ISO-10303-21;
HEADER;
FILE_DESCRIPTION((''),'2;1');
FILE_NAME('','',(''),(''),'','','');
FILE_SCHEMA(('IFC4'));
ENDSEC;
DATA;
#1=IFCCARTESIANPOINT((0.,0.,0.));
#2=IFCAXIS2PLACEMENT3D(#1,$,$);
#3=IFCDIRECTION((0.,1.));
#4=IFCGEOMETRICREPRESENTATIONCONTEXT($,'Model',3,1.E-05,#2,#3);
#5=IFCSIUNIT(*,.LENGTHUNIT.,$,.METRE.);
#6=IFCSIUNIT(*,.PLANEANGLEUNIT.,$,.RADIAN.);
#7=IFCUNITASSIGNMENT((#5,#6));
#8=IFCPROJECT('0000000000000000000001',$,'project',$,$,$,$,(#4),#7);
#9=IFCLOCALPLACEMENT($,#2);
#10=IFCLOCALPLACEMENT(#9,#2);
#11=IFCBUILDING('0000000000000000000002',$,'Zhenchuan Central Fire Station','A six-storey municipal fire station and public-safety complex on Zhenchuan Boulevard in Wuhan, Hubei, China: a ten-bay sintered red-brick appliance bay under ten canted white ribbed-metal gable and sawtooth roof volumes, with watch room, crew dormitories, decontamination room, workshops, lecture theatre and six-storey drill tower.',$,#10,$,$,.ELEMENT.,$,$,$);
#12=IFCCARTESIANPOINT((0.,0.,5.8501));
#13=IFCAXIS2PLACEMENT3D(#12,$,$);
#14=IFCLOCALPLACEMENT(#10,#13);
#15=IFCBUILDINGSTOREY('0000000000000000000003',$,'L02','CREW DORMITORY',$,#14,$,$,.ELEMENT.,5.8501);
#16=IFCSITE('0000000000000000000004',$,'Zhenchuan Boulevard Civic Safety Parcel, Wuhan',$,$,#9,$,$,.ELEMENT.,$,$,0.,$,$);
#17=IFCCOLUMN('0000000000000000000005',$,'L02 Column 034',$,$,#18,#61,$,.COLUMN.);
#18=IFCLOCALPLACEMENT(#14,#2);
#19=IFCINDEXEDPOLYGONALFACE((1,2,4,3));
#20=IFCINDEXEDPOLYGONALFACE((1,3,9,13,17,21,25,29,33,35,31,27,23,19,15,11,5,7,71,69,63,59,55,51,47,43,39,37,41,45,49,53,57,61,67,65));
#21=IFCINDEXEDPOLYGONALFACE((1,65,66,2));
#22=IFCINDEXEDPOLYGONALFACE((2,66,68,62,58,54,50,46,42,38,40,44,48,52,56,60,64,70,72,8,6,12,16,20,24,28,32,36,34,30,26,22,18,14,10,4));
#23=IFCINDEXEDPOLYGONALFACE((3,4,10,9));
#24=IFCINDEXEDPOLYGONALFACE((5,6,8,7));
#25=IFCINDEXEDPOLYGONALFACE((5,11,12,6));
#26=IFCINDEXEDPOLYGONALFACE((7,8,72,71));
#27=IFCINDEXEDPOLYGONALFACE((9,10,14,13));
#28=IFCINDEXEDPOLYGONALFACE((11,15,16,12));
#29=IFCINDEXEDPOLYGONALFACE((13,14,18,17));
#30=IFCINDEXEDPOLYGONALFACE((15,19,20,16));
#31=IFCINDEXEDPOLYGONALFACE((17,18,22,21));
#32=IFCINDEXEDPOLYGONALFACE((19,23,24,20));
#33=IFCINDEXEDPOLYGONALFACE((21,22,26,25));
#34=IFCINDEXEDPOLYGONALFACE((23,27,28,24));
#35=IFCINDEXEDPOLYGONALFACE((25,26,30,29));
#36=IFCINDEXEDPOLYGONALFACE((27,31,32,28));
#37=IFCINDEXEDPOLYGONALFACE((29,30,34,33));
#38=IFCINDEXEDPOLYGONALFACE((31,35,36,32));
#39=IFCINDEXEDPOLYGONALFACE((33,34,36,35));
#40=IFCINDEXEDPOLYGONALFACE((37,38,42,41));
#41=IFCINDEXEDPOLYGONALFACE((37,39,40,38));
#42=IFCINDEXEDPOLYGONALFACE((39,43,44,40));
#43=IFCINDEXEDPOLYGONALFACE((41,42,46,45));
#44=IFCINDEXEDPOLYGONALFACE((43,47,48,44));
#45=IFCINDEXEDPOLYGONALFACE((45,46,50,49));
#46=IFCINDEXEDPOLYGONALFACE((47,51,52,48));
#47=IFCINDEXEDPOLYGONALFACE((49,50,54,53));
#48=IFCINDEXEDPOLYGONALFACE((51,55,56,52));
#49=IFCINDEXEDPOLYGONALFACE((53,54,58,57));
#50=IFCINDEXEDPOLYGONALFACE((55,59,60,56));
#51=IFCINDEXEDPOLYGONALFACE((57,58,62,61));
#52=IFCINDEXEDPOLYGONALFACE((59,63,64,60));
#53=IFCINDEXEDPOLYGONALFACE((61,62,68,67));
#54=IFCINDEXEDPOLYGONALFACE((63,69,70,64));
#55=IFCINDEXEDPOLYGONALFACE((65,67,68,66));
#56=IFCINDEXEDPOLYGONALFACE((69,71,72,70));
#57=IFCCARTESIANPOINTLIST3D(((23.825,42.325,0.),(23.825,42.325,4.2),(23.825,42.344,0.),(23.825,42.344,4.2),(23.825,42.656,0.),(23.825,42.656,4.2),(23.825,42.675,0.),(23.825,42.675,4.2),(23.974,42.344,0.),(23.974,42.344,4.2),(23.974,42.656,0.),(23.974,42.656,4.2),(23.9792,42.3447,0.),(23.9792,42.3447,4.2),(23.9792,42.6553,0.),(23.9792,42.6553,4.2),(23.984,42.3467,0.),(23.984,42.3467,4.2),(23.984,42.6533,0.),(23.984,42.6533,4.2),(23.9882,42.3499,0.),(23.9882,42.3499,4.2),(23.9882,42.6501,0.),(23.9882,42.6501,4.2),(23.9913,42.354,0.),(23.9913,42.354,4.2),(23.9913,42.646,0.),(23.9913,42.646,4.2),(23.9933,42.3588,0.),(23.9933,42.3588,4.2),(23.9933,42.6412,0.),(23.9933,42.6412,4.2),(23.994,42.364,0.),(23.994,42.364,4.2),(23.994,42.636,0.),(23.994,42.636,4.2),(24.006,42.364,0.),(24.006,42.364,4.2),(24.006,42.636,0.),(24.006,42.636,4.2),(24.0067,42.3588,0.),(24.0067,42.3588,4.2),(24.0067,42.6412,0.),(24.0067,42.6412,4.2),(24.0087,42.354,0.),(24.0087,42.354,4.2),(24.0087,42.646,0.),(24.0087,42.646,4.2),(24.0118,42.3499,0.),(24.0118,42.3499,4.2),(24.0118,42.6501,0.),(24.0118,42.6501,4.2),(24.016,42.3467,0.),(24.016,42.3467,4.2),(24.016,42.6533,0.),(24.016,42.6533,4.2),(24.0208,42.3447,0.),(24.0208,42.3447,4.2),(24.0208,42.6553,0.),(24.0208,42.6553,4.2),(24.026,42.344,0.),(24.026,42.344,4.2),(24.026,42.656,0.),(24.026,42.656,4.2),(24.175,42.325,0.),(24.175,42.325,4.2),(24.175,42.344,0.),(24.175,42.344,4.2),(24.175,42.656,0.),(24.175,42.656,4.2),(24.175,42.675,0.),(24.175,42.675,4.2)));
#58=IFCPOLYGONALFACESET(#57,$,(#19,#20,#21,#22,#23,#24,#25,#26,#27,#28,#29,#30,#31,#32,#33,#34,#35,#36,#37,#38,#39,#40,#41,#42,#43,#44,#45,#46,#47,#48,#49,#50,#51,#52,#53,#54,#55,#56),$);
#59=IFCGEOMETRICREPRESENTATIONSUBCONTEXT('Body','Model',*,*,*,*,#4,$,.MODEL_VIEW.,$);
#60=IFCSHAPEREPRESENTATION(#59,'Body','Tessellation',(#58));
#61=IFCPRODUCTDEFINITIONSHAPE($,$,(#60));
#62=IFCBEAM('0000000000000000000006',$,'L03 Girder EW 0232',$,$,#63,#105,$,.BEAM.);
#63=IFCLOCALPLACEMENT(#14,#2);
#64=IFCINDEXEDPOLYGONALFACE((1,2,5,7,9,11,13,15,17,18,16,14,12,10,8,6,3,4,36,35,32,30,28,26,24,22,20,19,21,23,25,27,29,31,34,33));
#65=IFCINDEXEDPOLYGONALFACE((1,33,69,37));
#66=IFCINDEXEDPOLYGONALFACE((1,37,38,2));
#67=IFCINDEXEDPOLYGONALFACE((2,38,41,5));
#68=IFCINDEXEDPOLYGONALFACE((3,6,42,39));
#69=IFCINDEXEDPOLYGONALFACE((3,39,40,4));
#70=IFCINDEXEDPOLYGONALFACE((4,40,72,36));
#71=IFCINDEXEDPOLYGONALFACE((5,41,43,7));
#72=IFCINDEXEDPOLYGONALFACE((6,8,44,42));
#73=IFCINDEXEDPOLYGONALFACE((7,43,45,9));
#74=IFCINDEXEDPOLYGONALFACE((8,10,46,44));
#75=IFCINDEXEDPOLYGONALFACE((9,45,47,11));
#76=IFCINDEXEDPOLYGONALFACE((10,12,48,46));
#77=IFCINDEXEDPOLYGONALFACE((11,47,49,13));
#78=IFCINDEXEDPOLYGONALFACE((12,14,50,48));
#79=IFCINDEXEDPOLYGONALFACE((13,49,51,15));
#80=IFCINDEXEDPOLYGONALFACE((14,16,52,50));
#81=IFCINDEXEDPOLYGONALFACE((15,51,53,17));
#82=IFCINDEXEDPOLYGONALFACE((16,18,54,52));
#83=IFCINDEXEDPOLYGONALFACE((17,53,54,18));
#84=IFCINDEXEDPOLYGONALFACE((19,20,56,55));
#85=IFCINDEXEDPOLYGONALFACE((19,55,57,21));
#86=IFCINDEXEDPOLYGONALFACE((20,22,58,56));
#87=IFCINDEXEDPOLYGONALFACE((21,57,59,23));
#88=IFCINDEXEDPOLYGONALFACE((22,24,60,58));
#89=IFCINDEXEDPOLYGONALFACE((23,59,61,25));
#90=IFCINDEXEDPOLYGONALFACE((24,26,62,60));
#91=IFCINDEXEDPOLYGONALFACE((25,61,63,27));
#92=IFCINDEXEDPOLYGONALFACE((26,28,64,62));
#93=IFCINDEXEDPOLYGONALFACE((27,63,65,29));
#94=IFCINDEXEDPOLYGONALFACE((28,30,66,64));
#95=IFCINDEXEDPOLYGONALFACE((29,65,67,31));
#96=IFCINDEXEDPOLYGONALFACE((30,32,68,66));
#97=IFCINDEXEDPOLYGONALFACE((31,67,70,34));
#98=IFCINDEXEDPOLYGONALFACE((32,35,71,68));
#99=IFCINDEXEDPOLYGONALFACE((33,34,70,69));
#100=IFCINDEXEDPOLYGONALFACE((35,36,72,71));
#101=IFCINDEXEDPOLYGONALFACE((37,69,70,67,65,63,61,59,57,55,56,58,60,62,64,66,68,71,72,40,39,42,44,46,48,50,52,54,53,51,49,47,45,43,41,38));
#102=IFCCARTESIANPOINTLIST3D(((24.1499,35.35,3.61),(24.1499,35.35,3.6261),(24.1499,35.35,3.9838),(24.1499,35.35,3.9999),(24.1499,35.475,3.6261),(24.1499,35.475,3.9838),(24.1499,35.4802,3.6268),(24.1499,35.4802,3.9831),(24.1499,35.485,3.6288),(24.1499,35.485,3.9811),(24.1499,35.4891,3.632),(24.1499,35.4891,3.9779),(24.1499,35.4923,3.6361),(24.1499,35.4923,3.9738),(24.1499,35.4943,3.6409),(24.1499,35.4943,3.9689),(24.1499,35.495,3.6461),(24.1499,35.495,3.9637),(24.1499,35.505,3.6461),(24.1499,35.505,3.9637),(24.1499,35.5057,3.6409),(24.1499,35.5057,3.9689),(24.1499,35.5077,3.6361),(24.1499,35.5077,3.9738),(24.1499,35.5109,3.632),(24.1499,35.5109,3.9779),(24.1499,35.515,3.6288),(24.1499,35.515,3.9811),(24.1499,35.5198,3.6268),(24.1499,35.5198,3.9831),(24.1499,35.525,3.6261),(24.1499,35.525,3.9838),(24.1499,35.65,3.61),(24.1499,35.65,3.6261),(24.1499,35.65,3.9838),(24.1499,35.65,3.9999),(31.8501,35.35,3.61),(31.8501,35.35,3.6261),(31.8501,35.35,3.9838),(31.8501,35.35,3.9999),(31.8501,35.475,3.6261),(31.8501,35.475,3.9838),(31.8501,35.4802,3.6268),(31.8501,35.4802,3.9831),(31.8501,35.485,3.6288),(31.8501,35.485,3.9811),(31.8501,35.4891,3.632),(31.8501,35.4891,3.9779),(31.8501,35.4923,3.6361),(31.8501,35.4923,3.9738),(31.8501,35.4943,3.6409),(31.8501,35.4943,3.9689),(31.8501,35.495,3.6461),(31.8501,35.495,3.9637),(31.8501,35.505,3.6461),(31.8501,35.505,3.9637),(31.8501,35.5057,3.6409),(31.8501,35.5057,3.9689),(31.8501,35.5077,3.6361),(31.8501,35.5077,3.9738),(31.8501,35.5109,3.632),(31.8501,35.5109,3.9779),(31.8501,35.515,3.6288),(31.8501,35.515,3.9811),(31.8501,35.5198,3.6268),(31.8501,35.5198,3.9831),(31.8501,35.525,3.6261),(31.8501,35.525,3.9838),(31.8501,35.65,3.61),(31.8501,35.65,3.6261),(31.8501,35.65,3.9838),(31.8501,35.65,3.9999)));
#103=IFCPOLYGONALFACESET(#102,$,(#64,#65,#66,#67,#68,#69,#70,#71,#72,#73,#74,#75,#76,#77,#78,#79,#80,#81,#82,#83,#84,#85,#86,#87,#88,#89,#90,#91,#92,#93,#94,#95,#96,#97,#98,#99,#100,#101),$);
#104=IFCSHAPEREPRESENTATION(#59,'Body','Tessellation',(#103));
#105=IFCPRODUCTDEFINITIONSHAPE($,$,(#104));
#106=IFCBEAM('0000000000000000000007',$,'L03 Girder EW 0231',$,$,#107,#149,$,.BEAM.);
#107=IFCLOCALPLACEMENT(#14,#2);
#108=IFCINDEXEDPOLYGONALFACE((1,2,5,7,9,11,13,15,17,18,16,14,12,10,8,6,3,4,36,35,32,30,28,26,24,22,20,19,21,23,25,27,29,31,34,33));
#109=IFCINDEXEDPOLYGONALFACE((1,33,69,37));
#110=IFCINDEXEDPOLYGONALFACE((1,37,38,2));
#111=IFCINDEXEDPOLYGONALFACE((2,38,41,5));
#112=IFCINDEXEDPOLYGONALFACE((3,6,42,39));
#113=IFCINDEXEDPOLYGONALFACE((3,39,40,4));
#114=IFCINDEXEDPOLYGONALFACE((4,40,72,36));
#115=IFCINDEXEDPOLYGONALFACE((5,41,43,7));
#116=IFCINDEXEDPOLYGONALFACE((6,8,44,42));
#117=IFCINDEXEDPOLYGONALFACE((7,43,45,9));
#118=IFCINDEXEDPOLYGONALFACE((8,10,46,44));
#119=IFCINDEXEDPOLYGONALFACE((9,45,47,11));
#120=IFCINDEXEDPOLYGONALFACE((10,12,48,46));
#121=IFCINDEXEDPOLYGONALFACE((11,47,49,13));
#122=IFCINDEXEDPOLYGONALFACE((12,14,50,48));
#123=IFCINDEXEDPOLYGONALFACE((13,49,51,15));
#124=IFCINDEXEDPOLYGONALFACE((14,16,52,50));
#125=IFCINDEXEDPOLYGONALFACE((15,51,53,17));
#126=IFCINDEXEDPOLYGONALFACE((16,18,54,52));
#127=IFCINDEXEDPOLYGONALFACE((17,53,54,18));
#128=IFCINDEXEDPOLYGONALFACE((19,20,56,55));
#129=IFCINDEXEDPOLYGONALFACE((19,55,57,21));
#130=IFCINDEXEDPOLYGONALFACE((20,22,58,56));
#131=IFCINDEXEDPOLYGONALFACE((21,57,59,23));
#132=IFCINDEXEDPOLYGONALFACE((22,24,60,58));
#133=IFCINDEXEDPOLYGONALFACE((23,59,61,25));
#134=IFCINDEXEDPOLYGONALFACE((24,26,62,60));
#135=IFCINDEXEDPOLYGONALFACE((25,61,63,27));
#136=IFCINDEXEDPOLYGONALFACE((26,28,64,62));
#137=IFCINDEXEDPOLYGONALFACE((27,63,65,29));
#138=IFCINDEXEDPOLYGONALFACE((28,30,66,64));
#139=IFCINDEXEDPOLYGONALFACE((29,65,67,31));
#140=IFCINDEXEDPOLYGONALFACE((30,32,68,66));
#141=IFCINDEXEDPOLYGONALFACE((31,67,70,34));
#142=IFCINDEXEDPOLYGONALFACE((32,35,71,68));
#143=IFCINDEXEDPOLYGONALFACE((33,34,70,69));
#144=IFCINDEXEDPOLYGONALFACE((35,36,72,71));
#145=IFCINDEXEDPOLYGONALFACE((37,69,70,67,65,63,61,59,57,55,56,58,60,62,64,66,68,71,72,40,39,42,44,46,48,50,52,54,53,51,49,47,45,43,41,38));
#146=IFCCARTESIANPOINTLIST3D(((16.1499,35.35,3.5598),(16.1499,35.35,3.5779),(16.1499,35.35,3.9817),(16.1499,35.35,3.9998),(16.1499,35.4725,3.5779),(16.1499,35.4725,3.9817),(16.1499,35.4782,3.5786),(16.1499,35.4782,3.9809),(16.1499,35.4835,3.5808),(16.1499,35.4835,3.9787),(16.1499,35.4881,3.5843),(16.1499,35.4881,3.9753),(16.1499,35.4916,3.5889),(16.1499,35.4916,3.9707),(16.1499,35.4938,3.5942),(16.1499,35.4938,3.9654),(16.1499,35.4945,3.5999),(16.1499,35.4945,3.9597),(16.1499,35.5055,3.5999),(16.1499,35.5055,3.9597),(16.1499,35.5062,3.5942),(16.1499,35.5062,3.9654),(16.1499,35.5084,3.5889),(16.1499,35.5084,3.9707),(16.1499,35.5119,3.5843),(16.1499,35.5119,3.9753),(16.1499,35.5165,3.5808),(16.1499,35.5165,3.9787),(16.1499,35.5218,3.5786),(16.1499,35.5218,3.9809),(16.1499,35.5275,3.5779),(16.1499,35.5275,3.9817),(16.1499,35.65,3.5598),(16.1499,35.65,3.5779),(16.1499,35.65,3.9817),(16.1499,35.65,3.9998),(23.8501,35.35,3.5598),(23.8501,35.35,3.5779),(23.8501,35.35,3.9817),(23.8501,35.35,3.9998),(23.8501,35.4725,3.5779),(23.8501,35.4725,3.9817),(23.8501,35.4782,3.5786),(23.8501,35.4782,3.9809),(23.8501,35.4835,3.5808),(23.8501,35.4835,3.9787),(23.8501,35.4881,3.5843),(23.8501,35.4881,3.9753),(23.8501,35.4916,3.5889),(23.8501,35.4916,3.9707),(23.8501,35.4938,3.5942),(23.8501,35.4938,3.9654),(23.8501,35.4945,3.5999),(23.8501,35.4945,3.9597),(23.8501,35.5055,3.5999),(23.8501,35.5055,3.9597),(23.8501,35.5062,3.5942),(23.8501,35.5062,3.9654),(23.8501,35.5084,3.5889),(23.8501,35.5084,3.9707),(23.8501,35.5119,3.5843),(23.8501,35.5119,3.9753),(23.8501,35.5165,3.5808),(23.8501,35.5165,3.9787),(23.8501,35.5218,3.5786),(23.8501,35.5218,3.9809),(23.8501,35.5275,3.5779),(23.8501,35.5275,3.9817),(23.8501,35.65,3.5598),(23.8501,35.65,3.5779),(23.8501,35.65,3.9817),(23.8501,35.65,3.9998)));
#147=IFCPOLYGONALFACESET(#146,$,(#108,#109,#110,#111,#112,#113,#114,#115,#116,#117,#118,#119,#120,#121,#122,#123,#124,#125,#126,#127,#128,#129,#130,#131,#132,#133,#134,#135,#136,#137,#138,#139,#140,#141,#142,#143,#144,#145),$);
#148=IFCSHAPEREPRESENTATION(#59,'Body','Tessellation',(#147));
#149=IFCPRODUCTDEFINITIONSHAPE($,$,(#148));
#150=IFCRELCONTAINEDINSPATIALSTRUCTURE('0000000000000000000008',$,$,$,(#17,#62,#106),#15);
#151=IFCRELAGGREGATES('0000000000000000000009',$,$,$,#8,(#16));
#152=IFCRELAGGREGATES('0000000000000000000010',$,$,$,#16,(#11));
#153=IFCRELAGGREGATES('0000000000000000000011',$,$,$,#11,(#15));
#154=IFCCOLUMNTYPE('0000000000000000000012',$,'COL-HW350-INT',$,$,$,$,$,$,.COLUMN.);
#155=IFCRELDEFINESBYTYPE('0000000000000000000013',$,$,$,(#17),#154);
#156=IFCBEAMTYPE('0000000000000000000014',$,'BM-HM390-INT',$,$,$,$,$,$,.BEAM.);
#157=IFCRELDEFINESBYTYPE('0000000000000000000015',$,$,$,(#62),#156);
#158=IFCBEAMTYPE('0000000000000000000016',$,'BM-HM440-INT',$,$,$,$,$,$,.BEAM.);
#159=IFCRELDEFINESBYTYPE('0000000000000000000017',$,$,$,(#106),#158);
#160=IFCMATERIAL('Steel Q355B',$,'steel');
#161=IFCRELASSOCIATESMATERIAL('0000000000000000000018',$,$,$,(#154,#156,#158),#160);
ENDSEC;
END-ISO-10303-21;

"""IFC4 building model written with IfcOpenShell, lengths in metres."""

from ifc_helpers import new_model, si_unit, direction, frame, origin, origin_2d, place, context, subcontext, project, spatial, i_section, extrude, material, material_profile, profile_set, type_object, element, save


model = new_model("IFC4")

# Units and contexts
model_context = context("Model", 3, precision=1e-05, world=origin(), true_north=direction((0.0, 1.0)))
body_context = subcontext(model_context, "Body", "Model", "MODEL_VIEW")
ifc_project = project(units=[si_unit("LENGTHUNIT", "METRE"), si_unit("PLANEANGLEUNIT", "RADIAN")], contexts=[model_context])

# Site, building, storey
site_placement = place(None, origin())
site = spatial("IfcSite", under=ifc_project, at=site_placement, Name="Zhenchuan Boulevard Civic Safety Parcel, Wuhan", CompositionType="ELEMENT", RefElevation=0.0)
building_placement = place(site_placement, origin())
building = spatial("IfcBuilding", under=site, at=building_placement, Name="Zhenchuan Central Fire Station", Description="A six-storey municipal fire station and public-safety complex on Zhenchuan Boulevard in Wuhan, Hubei, China: a ten-bay sintered red-brick appliance bay under ten canted white ribbed-metal gable and sawtooth roof volumes, with watch room, crew dormitories, decontamination room, workshops, lecture theatre and six-storey drill tower.", CompositionType="ELEMENT")
storey_placement = place(building_placement, frame((0.0, 0.0, 5.8501)))
storey = spatial("IfcBuildingStorey", under=building, at=storey_placement, Name="L02", Description="CREW DORMITORY", CompositionType="ELEMENT", Elevation=5.8501)

# Column
ifc_material_1 = material(Name="Steel Q355B", Category="steel")
ifc_material_profile_1 = material_profile(ifc_material_1, i_section(OverallWidth=0.3501, OverallDepth=0.3501, WebThickness=0.012, FlangeThickness=0.019, FilletRadius=0.02, at=origin_2d()), Name="HW 350x350")
ifc_profile_set_1 = profile_set([ifc_material_profile_1], Name="Steel Q355B")
column_type_1 = type_object("IfcColumnType", Name="COL-HW350-INT", PredefinedType="COLUMN", material=ifc_profile_set_1)
for number, where, z_axis, x_axis, name in (
    (1, (24.0, 42.5, 0.0), (0.0, 0.0, 1.0), (1.0, 0.0, 0.0), "L02 Column 034"),
):
    element("IfcColumn", number, at=place(storey_placement, frame(where, z_axis=z_axis, x_axis=x_axis)), inside=storey, type_object=column_type_1, Name=name, PredefinedType="COLUMN", context=body_context, shape_type="SweptSolid", body=[
        extrude(i_section(OverallWidth=0.3501, OverallDepth=0.3501, WebThickness=0.012, FlangeThickness=0.019, FilletRadius=0.02, at=origin_2d()), origin(), (0.0, 0.0, 1.0), 4.2),
    ])

# Beams
ifc_material_profile_2 = material_profile(ifc_material_1, i_section(OverallWidth=0.3, OverallDepth=0.3899, WebThickness=0.01, FlangeThickness=0.0161, FilletRadius=0.02, at=origin_2d()), Name="HM 390x300")
ifc_profile_set_2 = profile_set([ifc_material_profile_2], Name="Steel Q355B")
beam_type_1 = type_object("IfcBeamType", Name="BM-HM390-INT", PredefinedType="BEAM", material=ifc_profile_set_2)
beam_1_placement = place(storey_placement, frame((24.1499, 35.5, 3.8049), z_axis=(1.0, 0.0, 0.0), x_axis=(0.0, 1.0, 0.0)))
element("IfcBeam", 2, at=beam_1_placement, inside=storey, type_object=beam_type_1, Name="L03 Girder EW 0232", PredefinedType="BEAM", context=body_context, shape_type="SweptSolid", body=[
    extrude(i_section(OverallWidth=0.3, OverallDepth=0.3899, WebThickness=0.01, FlangeThickness=0.0161, FilletRadius=0.02, at=origin_2d()), origin(), (0.0, 0.0, 1.0), 7.7002),
])
ifc_material_profile_3 = material_profile(ifc_material_1, i_section(OverallWidth=0.3, OverallDepth=0.4399, WebThickness=0.011, FlangeThickness=0.0181, FilletRadius=0.022, at=origin_2d()), Name="HM 440x300")
ifc_profile_set_3 = profile_set([ifc_material_profile_3], Name="Steel Q355B")
beam_type_2 = type_object("IfcBeamType", Name="BM-HM440-INT", PredefinedType="BEAM", material=ifc_profile_set_3)
beam_2_placement = place(storey_placement, frame((16.1499, 35.5, 3.7798), z_axis=(1.0, 0.0, 0.0), x_axis=(0.0, 1.0, 0.0)))
element("IfcBeam", 3, at=beam_2_placement, inside=storey, type_object=beam_type_2, Name="L03 Girder EW 0231", PredefinedType="BEAM", context=body_context, shape_type="SweptSolid", body=[
    extrude(i_section(OverallWidth=0.3, OverallDepth=0.4399, WebThickness=0.011, FlangeThickness=0.0181, FilletRadius=0.022, at=origin_2d()), origin(), (0.0, 0.0, 1.0), 7.7002),
])

save(model, "model.ifc")
